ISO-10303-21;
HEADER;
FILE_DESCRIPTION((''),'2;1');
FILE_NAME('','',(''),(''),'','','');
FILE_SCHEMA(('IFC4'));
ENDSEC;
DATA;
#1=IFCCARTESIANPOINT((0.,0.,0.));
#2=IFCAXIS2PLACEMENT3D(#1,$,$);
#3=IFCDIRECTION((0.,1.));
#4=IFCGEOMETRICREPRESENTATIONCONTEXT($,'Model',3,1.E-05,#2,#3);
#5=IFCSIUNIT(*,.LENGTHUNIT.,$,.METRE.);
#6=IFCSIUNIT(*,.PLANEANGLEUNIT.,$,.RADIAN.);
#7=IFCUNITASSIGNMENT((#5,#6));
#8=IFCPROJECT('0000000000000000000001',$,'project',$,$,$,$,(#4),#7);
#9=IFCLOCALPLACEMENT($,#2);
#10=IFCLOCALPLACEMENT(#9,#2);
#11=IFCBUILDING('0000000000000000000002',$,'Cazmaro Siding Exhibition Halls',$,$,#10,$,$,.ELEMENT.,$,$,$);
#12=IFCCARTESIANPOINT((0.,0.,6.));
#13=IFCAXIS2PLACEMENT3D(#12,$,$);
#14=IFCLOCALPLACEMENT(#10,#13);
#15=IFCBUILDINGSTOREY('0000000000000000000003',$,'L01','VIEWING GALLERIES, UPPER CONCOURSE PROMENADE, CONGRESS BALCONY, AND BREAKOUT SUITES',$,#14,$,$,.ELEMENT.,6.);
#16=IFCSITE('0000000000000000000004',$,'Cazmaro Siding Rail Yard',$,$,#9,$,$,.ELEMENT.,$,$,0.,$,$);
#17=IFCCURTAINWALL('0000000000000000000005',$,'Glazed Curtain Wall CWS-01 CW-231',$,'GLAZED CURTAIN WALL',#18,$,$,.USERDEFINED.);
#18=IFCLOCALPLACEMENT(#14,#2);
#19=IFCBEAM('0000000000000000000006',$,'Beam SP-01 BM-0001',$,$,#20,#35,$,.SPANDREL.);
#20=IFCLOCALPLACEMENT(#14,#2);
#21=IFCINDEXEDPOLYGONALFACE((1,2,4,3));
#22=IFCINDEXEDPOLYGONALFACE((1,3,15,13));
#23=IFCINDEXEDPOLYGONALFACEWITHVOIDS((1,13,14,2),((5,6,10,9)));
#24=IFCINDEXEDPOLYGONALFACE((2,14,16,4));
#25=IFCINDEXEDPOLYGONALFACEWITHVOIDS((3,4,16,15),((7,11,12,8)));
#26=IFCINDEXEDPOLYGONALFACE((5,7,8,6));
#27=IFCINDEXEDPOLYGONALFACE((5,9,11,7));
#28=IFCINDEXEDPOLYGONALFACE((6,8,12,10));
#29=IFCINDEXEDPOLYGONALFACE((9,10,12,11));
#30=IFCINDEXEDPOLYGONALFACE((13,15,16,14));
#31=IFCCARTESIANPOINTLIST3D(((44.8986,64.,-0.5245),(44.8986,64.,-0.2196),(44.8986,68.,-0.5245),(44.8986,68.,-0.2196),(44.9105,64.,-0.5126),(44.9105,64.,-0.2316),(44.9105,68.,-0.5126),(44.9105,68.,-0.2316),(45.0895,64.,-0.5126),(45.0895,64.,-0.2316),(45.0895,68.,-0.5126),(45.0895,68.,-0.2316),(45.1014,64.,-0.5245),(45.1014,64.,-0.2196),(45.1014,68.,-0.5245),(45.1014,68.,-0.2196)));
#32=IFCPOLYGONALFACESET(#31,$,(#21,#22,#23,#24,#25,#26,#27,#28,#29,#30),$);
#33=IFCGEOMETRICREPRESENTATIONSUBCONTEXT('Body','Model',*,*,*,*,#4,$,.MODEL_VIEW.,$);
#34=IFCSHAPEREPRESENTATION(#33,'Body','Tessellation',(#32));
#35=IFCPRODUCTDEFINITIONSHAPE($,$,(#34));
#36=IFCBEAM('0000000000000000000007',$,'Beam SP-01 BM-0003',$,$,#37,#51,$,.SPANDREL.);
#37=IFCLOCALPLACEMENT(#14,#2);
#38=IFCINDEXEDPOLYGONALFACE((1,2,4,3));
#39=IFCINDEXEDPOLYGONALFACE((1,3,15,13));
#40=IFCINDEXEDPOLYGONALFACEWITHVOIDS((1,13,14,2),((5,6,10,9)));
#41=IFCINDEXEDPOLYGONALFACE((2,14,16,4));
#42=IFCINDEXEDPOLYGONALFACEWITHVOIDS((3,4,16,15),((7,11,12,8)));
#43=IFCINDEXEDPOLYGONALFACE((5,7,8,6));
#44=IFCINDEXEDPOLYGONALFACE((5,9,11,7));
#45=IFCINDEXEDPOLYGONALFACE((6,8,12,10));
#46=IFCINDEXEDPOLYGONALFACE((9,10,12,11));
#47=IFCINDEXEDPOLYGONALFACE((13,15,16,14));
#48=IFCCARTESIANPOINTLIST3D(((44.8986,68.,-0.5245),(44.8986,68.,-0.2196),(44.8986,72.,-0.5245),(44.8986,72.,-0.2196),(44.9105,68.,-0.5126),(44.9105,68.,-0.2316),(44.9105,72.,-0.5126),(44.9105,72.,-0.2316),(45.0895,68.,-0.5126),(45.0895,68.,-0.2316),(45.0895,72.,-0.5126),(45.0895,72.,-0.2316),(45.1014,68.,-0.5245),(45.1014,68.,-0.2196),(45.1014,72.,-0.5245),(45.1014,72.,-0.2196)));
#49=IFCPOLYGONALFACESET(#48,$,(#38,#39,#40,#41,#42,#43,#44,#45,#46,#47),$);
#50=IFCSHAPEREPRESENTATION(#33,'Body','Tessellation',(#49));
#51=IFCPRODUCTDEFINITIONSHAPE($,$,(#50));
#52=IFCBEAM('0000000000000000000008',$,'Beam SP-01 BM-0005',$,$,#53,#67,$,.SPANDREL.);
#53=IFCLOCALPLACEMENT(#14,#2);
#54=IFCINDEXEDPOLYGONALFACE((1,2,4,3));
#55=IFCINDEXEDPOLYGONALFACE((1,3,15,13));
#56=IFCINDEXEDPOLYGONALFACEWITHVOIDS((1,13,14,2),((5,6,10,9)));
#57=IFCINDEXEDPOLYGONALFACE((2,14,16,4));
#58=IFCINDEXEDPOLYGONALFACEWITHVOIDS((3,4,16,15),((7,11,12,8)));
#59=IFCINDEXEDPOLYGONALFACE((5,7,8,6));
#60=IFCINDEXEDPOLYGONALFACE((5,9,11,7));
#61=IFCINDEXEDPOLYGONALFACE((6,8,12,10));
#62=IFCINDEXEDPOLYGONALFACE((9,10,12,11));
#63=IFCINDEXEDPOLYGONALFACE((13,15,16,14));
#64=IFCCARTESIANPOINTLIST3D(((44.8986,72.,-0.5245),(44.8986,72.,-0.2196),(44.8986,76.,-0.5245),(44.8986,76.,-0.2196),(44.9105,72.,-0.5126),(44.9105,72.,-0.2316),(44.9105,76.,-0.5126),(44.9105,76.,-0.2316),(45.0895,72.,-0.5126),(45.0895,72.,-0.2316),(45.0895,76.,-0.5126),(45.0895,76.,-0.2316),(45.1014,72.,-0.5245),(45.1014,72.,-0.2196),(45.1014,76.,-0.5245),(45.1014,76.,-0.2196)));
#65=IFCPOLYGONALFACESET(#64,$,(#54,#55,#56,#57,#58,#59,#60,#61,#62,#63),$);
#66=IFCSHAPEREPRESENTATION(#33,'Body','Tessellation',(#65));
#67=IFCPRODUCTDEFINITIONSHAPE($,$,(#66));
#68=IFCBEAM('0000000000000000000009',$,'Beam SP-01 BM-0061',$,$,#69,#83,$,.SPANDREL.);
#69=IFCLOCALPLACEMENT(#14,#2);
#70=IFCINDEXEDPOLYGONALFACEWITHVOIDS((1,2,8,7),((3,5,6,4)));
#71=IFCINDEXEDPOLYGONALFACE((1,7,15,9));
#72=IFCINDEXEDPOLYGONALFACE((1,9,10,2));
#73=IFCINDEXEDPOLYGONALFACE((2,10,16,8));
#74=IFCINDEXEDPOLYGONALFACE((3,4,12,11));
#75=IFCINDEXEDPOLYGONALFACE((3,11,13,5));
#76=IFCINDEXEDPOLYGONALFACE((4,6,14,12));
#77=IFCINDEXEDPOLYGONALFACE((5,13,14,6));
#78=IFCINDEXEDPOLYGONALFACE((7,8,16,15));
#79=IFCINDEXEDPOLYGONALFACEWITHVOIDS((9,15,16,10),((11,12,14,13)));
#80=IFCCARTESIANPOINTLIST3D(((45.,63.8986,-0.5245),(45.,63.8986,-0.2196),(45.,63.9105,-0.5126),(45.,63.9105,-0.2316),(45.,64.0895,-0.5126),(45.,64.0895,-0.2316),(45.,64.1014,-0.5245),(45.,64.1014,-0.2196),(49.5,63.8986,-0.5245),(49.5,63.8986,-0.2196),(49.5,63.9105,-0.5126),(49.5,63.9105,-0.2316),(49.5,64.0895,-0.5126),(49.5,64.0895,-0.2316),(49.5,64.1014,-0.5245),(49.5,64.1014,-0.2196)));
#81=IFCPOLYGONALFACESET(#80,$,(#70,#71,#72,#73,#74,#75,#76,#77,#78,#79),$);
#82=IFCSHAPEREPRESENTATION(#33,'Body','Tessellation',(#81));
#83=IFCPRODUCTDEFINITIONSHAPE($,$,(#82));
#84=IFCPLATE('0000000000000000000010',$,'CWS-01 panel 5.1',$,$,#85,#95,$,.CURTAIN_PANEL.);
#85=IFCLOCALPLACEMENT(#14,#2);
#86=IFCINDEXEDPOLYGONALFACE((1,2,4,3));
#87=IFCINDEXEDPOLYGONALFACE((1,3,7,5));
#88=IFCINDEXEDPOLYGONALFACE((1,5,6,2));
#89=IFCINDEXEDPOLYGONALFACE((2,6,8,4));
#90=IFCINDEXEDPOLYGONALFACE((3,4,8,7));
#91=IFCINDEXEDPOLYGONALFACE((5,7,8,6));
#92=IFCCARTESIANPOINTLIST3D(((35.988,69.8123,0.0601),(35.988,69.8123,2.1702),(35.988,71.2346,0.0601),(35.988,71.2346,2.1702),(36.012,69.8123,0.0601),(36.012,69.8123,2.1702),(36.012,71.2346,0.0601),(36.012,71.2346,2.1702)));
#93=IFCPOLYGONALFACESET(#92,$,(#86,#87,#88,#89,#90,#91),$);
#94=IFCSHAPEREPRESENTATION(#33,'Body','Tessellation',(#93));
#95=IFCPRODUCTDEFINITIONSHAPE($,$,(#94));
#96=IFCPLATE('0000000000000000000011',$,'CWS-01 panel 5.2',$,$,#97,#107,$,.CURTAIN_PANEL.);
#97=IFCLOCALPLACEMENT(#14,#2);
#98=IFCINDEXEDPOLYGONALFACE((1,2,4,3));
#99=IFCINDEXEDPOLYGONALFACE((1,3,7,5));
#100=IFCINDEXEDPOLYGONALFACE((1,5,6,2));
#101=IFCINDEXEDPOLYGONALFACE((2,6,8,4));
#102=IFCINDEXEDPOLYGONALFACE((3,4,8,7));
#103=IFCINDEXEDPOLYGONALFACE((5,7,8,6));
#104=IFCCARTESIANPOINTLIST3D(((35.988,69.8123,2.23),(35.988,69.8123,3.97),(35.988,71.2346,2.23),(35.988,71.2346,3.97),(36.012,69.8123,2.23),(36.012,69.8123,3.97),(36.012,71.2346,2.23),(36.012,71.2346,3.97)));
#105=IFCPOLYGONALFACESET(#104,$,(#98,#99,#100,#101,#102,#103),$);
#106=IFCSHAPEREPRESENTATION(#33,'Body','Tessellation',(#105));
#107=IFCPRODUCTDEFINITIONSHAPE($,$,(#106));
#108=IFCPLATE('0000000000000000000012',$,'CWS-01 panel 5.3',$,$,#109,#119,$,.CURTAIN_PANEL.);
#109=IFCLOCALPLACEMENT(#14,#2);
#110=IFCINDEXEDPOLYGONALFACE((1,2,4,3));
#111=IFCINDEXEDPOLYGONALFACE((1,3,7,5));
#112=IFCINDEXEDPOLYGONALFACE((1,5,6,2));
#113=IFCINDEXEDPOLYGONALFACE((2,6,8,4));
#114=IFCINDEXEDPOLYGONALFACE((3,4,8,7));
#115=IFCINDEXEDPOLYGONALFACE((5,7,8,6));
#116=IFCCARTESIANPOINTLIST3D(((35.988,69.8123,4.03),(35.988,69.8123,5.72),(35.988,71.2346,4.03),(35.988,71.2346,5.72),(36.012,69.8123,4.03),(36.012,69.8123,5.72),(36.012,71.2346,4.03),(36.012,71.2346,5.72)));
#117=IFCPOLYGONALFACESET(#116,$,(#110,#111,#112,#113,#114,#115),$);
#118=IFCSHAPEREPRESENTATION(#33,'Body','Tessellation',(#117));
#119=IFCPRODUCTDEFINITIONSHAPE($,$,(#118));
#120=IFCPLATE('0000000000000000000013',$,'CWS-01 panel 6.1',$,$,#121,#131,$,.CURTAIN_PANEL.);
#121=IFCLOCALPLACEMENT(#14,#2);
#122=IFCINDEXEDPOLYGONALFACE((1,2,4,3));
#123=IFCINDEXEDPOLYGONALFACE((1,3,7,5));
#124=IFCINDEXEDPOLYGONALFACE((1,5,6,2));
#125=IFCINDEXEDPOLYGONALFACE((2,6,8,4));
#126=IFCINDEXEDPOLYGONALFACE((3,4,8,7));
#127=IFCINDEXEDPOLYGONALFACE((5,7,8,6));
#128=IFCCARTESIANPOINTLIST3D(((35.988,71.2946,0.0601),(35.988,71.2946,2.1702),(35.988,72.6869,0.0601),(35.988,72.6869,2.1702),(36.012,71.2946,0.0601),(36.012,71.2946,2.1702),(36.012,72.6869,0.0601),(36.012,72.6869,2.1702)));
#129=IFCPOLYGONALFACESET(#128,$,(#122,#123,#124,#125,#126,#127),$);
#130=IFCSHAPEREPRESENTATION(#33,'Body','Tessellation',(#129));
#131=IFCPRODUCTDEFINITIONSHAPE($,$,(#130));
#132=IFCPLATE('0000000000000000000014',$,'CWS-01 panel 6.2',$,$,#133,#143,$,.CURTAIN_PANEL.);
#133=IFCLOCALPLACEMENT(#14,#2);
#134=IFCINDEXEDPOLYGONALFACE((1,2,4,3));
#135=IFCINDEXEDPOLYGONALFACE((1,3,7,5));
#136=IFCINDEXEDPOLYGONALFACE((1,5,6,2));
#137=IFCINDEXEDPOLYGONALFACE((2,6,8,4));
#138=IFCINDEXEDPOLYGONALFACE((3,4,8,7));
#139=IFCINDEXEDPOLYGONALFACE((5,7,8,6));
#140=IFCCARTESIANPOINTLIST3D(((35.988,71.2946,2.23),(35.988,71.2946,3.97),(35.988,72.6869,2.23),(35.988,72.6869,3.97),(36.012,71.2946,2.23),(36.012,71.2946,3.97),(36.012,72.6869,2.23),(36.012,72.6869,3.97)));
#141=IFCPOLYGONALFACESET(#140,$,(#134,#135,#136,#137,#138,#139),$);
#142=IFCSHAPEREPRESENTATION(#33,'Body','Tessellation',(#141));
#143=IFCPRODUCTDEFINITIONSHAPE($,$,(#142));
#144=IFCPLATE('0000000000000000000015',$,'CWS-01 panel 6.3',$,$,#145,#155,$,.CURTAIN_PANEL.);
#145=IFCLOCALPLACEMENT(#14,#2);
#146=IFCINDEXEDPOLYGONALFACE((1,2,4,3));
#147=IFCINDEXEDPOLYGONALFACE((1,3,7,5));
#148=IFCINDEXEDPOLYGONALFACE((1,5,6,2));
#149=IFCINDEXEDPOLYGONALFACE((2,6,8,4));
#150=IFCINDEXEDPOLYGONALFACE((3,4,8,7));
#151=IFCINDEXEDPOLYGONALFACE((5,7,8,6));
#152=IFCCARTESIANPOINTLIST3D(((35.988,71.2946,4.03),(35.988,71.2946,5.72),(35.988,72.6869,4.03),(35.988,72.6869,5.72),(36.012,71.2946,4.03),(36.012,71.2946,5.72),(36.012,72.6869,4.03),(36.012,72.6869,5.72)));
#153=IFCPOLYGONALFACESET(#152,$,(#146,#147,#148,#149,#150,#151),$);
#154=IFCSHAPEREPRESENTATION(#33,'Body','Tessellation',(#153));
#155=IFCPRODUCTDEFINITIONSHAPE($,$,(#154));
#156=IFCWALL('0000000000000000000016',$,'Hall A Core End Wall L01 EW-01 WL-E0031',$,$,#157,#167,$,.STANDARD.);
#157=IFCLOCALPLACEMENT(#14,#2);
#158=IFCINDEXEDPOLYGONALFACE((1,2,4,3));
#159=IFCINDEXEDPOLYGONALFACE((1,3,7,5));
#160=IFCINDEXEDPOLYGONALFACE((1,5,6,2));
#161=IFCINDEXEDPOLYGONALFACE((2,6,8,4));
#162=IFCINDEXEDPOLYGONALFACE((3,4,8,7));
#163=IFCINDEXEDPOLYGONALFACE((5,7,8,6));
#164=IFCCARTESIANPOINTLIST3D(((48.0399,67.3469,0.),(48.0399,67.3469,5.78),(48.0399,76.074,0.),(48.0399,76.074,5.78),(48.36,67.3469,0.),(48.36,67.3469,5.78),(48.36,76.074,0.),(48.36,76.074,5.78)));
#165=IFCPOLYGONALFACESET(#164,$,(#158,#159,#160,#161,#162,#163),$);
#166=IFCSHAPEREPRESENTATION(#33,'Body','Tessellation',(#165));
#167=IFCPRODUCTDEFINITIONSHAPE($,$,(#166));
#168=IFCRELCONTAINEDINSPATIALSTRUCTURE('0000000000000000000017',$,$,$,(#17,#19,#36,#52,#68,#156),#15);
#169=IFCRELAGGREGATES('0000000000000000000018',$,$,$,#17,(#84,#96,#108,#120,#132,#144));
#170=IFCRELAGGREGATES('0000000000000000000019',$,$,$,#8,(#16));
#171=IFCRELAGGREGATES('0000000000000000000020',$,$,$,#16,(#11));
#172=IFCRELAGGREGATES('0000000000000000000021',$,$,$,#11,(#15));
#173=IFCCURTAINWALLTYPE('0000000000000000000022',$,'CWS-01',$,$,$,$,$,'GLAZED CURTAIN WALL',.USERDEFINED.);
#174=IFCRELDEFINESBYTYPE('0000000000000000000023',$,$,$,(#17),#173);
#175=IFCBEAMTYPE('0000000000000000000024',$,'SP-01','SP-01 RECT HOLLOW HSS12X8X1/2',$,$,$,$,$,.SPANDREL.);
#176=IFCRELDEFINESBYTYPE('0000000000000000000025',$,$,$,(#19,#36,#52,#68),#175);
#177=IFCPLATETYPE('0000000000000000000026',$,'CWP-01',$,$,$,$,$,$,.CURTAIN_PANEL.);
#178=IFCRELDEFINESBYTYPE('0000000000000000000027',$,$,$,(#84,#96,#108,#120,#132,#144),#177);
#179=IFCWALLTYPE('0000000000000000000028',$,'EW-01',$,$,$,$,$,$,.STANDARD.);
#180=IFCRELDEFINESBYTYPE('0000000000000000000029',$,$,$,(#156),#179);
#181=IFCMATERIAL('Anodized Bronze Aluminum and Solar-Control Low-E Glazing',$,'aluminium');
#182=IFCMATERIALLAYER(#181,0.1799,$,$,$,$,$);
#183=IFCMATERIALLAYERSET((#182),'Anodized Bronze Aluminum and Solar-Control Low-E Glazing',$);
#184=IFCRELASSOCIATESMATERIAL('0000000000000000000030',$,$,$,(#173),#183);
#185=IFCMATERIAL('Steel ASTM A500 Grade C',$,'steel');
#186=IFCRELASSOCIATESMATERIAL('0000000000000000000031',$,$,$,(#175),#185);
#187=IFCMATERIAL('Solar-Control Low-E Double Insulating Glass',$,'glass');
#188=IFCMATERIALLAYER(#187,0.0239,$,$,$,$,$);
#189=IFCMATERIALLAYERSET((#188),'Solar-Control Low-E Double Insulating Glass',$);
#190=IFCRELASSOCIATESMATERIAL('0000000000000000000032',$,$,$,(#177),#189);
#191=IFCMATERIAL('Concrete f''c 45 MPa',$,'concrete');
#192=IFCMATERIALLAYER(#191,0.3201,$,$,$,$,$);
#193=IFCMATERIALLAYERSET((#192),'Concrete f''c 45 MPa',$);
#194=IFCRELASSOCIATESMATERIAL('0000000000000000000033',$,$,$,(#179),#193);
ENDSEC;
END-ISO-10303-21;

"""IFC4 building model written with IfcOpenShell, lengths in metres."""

from ifc_helpers import new_model, si_unit, direction, frame, frame_2d, origin, origin_2d, place, context, subcontext, project, spatial, rectangle, hollow_rectangle, extrude, material, layer, layer_set, material_profile, profile_set, type_object, element, aggregate, save


model = new_model("IFC4")

# Units and contexts
model_context = context("Model", 3, precision=1e-05, world=origin(), true_north=direction((0.0, 1.0)))
body_context = subcontext(model_context, "Body", "Model", "MODEL_VIEW")
ifc_project = project(units=[si_unit("LENGTHUNIT", "METRE"), si_unit("PLANEANGLEUNIT", "RADIAN")], contexts=[model_context])

# Site, building, storey
site_placement = place(None, origin())
site = spatial("IfcSite", under=ifc_project, at=site_placement, Name="Cazmaro Siding Rail Yard", CompositionType="ELEMENT", RefElevation=0.0)
building_placement = place(site_placement, origin())
building = spatial("IfcBuilding", under=site, at=building_placement, Name="Cazmaro Siding Exhibition Halls", CompositionType="ELEMENT")
storey_placement = place(building_placement, frame((0.0, 0.0, 6.0)))
storey = spatial("IfcBuildingStorey", under=building, at=storey_placement, Name="L01", Description="VIEWING GALLERIES, UPPER CONCOURSE PROMENADE, CONGRESS BALCONY, AND BREAKOUT SUITES", CompositionType="ELEMENT", Elevation=6.0)

# Curtain wall
ifc_material_1 = material(Name="Anodized Bronze Aluminum and Solar-Control Low-E Glazing", Category="aluminium")
ifc_layer_1 = layer(ifc_material_1, 0.1799)
ifc_layer_set_1 = layer_set([ifc_layer_1], Name="Anodized Bronze Aluminum and Solar-Control Low-E Glazing")
curtain_wall_type = type_object("IfcCurtainWallType", Name="CWS-01", ElementType="GLAZED CURTAIN WALL", PredefinedType="USERDEFINED", material=ifc_layer_set_1)
curtain_wall_placement = place(storey_placement, origin())
curtain_wall = element("IfcCurtainWall", 1, at=curtain_wall_placement, inside=storey, type_object=curtain_wall_type, Name="Glazed Curtain Wall CWS-01 CW-231", ObjectType="GLAZED CURTAIN WALL", PredefinedType="USERDEFINED")

# Beams
ifc_material_2 = material(Name="Steel ASTM A500 Grade C", Category="steel")
ifc_material_profile_1 = material_profile(ifc_material_2, hollow_rectangle(XDim=0.2029, YDim=0.3049, WallThickness=0.012, at=origin_2d()), Name="HSS12X8X1/2")
ifc_profile_set_1 = profile_set([ifc_material_profile_1], Name="Steel ASTM A500 Grade C")
beam_type = type_object("IfcBeamType", Name="SP-01", Description="SP-01 RECT HOLLOW HSS12X8X1/2", PredefinedType="SPANDREL", material=ifc_profile_set_1)
for number, where, z_axis, x_axis, name in (
    (2, (45.0, 64.0, -0.3721), (0.0, 1.0, 0.0), (-1.0, 0.0, 0.0), "Beam SP-01 BM-0001"),
    (3, (45.0, 68.0, -0.3721), (0.0, 1.0, 0.0), (-1.0, 0.0, 0.0), "Beam SP-01 BM-0003"),
    (4, (45.0, 72.0, -0.3721), (0.0, 1.0, 0.0), (-1.0, 0.0, 0.0), "Beam SP-01 BM-0005"),
):
    element("IfcBeam", number, at=place(storey_placement, frame(where, z_axis=z_axis, x_axis=x_axis)), inside=storey, type_object=beam_type, Name=name, PredefinedType="SPANDREL", context=body_context, shape_type="SweptSolid", body=[
        extrude(hollow_rectangle(XDim=0.2029, YDim=0.3049, WallThickness=0.012, at=origin_2d()), origin(), (0.0, 0.0, 1.0), 4.0),
    ])
beam_placement = place(storey_placement, frame((45.0, 64.0, -0.3721), z_axis=(1.0, 0.0, 0.0), x_axis=(0.0, 1.0, 0.0)))
element("IfcBeam", 5, at=beam_placement, inside=storey, type_object=beam_type, Name="Beam SP-01 BM-0061", PredefinedType="SPANDREL", context=body_context, shape_type="SweptSolid", body=[
    extrude(hollow_rectangle(XDim=0.2029, YDim=0.3049, WallThickness=0.012, at=origin_2d()), origin(), (0.0, 0.0, 1.0), 4.5),
])

# Plates
ifc_material_3 = material(Name="Solar-Control Low-E Double Insulating Glass", Category="glass")
ifc_layer_2 = layer(ifc_material_3, 0.0239)
ifc_layer_set_2 = layer_set([ifc_layer_2], Name="Solar-Control Low-E Double Insulating Glass")
plate_type = type_object("IfcPlateType", Name="CWP-01", PredefinedType="CURTAIN_PANEL", material=ifc_layer_set_2)
plate_1_placement = place(storey_placement, frame((36.0, 70.5234, 0.0601), z_axis=(0.0, 0.0, 1.0), x_axis=(0.0, 1.0, 0.0)))
plate_1 = element("IfcPlate", 6, at=plate_1_placement, type_object=plate_type, Name="CWS-01 panel 5.1", PredefinedType="CURTAIN_PANEL", context=body_context, shape_type="SweptSolid", body=[
    extrude(rectangle(XDim=1.4224, YDim=0.0239, at=origin_2d()), origin(), (0.0, 0.0, 1.0), 2.1101),
])
plate_2_placement = place(storey_placement, frame((36.0, 70.5234, 2.23), z_axis=(0.0, 0.0, 1.0), x_axis=(0.0, 1.0, 0.0)))
plate_2 = element("IfcPlate", 7, at=plate_2_placement, type_object=plate_type, Name="CWS-01 panel 5.2", PredefinedType="CURTAIN_PANEL", context=body_context, shape_type="SweptSolid", body=[
    extrude(rectangle(XDim=1.4224, YDim=0.0239, at=origin_2d()), origin(), (0.0, 0.0, 1.0), 1.74),
])
plate_3_placement = place(storey_placement, frame((36.0, 70.5234, 4.03), z_axis=(0.0, 0.0, 1.0), x_axis=(0.0, 1.0, 0.0)))
plate_3 = element("IfcPlate", 8, at=plate_3_placement, type_object=plate_type, Name="CWS-01 panel 5.3", PredefinedType="CURTAIN_PANEL", context=body_context, shape_type="SweptSolid", body=[
    extrude(rectangle(XDim=1.4224, YDim=0.0239, at=origin_2d()), origin(), (0.0, 0.0, 1.0), 1.6899),
])
plate_4_placement = place(storey_placement, frame((36.0, 71.9907, 0.0601), z_axis=(0.0, 0.0, 1.0), x_axis=(0.0, 1.0, 0.0)))
plate_4 = element("IfcPlate", 9, at=plate_4_placement, type_object=plate_type, Name="CWS-01 panel 6.1", PredefinedType="CURTAIN_PANEL", context=body_context, shape_type="SweptSolid", body=[
    extrude(rectangle(XDim=1.3923, YDim=0.0239, at=origin_2d()), origin(), (0.0, 0.0, 1.0), 2.1101),
])
plate_5_placement = place(storey_placement, frame((36.0, 71.9907, 2.23), z_axis=(0.0, 0.0, 1.0), x_axis=(0.0, 1.0, 0.0)))
plate_5 = element("IfcPlate", 10, at=plate_5_placement, type_object=plate_type, Name="CWS-01 panel 6.2", PredefinedType="CURTAIN_PANEL", context=body_context, shape_type="SweptSolid", body=[
    extrude(rectangle(XDim=1.3923, YDim=0.0239, at=origin_2d()), origin(), (0.0, 0.0, 1.0), 1.74),
])
plate_6_placement = place(storey_placement, frame((36.0, 71.9907, 4.03), z_axis=(0.0, 0.0, 1.0), x_axis=(0.0, 1.0, 0.0)))
plate_6 = element("IfcPlate", 11, at=plate_6_placement, type_object=plate_type, Name="CWS-01 panel 6.3", PredefinedType="CURTAIN_PANEL", context=body_context, shape_type="SweptSolid", body=[
    extrude(rectangle(XDim=1.3923, YDim=0.0239, at=origin_2d()), origin(), (0.0, 0.0, 1.0), 1.6899),
])
aggregate(curtain_wall, [plate_1, plate_2, plate_3, plate_4, plate_5, plate_6])

# Wall
ifc_material_4 = material(Name="Concrete f'c 45 MPa", Category="concrete")
ifc_layer_3 = layer(ifc_material_4, 0.3201)
ifc_layer_set_3 = layer_set([ifc_layer_3], Name="Concrete f'c 45 MPa")
wall_type = type_object("IfcWallType", Name="EW-01", PredefinedType="STANDARD", material=ifc_layer_set_3)
wall_placement = place(storey_placement, frame((48.2, 67.3469, 0.0), z_axis=(0.0, 0.0, 1.0), x_axis=(0.0, 1.0, 0.0)))
element("IfcWall", 12, at=wall_placement, inside=storey, type_object=wall_type, Name="Hall A Core End Wall L01 EW-01 WL-E0031", PredefinedType="STANDARD", context=body_context, shape_type="SweptSolid", body=[
    extrude(rectangle(XDim=8.7271, YDim=0.3201, at=frame_2d((4.3635, 0.0))), origin(), (0.0, 0.0, 1.0), 5.78),
])

save(model, "model.ifc")
